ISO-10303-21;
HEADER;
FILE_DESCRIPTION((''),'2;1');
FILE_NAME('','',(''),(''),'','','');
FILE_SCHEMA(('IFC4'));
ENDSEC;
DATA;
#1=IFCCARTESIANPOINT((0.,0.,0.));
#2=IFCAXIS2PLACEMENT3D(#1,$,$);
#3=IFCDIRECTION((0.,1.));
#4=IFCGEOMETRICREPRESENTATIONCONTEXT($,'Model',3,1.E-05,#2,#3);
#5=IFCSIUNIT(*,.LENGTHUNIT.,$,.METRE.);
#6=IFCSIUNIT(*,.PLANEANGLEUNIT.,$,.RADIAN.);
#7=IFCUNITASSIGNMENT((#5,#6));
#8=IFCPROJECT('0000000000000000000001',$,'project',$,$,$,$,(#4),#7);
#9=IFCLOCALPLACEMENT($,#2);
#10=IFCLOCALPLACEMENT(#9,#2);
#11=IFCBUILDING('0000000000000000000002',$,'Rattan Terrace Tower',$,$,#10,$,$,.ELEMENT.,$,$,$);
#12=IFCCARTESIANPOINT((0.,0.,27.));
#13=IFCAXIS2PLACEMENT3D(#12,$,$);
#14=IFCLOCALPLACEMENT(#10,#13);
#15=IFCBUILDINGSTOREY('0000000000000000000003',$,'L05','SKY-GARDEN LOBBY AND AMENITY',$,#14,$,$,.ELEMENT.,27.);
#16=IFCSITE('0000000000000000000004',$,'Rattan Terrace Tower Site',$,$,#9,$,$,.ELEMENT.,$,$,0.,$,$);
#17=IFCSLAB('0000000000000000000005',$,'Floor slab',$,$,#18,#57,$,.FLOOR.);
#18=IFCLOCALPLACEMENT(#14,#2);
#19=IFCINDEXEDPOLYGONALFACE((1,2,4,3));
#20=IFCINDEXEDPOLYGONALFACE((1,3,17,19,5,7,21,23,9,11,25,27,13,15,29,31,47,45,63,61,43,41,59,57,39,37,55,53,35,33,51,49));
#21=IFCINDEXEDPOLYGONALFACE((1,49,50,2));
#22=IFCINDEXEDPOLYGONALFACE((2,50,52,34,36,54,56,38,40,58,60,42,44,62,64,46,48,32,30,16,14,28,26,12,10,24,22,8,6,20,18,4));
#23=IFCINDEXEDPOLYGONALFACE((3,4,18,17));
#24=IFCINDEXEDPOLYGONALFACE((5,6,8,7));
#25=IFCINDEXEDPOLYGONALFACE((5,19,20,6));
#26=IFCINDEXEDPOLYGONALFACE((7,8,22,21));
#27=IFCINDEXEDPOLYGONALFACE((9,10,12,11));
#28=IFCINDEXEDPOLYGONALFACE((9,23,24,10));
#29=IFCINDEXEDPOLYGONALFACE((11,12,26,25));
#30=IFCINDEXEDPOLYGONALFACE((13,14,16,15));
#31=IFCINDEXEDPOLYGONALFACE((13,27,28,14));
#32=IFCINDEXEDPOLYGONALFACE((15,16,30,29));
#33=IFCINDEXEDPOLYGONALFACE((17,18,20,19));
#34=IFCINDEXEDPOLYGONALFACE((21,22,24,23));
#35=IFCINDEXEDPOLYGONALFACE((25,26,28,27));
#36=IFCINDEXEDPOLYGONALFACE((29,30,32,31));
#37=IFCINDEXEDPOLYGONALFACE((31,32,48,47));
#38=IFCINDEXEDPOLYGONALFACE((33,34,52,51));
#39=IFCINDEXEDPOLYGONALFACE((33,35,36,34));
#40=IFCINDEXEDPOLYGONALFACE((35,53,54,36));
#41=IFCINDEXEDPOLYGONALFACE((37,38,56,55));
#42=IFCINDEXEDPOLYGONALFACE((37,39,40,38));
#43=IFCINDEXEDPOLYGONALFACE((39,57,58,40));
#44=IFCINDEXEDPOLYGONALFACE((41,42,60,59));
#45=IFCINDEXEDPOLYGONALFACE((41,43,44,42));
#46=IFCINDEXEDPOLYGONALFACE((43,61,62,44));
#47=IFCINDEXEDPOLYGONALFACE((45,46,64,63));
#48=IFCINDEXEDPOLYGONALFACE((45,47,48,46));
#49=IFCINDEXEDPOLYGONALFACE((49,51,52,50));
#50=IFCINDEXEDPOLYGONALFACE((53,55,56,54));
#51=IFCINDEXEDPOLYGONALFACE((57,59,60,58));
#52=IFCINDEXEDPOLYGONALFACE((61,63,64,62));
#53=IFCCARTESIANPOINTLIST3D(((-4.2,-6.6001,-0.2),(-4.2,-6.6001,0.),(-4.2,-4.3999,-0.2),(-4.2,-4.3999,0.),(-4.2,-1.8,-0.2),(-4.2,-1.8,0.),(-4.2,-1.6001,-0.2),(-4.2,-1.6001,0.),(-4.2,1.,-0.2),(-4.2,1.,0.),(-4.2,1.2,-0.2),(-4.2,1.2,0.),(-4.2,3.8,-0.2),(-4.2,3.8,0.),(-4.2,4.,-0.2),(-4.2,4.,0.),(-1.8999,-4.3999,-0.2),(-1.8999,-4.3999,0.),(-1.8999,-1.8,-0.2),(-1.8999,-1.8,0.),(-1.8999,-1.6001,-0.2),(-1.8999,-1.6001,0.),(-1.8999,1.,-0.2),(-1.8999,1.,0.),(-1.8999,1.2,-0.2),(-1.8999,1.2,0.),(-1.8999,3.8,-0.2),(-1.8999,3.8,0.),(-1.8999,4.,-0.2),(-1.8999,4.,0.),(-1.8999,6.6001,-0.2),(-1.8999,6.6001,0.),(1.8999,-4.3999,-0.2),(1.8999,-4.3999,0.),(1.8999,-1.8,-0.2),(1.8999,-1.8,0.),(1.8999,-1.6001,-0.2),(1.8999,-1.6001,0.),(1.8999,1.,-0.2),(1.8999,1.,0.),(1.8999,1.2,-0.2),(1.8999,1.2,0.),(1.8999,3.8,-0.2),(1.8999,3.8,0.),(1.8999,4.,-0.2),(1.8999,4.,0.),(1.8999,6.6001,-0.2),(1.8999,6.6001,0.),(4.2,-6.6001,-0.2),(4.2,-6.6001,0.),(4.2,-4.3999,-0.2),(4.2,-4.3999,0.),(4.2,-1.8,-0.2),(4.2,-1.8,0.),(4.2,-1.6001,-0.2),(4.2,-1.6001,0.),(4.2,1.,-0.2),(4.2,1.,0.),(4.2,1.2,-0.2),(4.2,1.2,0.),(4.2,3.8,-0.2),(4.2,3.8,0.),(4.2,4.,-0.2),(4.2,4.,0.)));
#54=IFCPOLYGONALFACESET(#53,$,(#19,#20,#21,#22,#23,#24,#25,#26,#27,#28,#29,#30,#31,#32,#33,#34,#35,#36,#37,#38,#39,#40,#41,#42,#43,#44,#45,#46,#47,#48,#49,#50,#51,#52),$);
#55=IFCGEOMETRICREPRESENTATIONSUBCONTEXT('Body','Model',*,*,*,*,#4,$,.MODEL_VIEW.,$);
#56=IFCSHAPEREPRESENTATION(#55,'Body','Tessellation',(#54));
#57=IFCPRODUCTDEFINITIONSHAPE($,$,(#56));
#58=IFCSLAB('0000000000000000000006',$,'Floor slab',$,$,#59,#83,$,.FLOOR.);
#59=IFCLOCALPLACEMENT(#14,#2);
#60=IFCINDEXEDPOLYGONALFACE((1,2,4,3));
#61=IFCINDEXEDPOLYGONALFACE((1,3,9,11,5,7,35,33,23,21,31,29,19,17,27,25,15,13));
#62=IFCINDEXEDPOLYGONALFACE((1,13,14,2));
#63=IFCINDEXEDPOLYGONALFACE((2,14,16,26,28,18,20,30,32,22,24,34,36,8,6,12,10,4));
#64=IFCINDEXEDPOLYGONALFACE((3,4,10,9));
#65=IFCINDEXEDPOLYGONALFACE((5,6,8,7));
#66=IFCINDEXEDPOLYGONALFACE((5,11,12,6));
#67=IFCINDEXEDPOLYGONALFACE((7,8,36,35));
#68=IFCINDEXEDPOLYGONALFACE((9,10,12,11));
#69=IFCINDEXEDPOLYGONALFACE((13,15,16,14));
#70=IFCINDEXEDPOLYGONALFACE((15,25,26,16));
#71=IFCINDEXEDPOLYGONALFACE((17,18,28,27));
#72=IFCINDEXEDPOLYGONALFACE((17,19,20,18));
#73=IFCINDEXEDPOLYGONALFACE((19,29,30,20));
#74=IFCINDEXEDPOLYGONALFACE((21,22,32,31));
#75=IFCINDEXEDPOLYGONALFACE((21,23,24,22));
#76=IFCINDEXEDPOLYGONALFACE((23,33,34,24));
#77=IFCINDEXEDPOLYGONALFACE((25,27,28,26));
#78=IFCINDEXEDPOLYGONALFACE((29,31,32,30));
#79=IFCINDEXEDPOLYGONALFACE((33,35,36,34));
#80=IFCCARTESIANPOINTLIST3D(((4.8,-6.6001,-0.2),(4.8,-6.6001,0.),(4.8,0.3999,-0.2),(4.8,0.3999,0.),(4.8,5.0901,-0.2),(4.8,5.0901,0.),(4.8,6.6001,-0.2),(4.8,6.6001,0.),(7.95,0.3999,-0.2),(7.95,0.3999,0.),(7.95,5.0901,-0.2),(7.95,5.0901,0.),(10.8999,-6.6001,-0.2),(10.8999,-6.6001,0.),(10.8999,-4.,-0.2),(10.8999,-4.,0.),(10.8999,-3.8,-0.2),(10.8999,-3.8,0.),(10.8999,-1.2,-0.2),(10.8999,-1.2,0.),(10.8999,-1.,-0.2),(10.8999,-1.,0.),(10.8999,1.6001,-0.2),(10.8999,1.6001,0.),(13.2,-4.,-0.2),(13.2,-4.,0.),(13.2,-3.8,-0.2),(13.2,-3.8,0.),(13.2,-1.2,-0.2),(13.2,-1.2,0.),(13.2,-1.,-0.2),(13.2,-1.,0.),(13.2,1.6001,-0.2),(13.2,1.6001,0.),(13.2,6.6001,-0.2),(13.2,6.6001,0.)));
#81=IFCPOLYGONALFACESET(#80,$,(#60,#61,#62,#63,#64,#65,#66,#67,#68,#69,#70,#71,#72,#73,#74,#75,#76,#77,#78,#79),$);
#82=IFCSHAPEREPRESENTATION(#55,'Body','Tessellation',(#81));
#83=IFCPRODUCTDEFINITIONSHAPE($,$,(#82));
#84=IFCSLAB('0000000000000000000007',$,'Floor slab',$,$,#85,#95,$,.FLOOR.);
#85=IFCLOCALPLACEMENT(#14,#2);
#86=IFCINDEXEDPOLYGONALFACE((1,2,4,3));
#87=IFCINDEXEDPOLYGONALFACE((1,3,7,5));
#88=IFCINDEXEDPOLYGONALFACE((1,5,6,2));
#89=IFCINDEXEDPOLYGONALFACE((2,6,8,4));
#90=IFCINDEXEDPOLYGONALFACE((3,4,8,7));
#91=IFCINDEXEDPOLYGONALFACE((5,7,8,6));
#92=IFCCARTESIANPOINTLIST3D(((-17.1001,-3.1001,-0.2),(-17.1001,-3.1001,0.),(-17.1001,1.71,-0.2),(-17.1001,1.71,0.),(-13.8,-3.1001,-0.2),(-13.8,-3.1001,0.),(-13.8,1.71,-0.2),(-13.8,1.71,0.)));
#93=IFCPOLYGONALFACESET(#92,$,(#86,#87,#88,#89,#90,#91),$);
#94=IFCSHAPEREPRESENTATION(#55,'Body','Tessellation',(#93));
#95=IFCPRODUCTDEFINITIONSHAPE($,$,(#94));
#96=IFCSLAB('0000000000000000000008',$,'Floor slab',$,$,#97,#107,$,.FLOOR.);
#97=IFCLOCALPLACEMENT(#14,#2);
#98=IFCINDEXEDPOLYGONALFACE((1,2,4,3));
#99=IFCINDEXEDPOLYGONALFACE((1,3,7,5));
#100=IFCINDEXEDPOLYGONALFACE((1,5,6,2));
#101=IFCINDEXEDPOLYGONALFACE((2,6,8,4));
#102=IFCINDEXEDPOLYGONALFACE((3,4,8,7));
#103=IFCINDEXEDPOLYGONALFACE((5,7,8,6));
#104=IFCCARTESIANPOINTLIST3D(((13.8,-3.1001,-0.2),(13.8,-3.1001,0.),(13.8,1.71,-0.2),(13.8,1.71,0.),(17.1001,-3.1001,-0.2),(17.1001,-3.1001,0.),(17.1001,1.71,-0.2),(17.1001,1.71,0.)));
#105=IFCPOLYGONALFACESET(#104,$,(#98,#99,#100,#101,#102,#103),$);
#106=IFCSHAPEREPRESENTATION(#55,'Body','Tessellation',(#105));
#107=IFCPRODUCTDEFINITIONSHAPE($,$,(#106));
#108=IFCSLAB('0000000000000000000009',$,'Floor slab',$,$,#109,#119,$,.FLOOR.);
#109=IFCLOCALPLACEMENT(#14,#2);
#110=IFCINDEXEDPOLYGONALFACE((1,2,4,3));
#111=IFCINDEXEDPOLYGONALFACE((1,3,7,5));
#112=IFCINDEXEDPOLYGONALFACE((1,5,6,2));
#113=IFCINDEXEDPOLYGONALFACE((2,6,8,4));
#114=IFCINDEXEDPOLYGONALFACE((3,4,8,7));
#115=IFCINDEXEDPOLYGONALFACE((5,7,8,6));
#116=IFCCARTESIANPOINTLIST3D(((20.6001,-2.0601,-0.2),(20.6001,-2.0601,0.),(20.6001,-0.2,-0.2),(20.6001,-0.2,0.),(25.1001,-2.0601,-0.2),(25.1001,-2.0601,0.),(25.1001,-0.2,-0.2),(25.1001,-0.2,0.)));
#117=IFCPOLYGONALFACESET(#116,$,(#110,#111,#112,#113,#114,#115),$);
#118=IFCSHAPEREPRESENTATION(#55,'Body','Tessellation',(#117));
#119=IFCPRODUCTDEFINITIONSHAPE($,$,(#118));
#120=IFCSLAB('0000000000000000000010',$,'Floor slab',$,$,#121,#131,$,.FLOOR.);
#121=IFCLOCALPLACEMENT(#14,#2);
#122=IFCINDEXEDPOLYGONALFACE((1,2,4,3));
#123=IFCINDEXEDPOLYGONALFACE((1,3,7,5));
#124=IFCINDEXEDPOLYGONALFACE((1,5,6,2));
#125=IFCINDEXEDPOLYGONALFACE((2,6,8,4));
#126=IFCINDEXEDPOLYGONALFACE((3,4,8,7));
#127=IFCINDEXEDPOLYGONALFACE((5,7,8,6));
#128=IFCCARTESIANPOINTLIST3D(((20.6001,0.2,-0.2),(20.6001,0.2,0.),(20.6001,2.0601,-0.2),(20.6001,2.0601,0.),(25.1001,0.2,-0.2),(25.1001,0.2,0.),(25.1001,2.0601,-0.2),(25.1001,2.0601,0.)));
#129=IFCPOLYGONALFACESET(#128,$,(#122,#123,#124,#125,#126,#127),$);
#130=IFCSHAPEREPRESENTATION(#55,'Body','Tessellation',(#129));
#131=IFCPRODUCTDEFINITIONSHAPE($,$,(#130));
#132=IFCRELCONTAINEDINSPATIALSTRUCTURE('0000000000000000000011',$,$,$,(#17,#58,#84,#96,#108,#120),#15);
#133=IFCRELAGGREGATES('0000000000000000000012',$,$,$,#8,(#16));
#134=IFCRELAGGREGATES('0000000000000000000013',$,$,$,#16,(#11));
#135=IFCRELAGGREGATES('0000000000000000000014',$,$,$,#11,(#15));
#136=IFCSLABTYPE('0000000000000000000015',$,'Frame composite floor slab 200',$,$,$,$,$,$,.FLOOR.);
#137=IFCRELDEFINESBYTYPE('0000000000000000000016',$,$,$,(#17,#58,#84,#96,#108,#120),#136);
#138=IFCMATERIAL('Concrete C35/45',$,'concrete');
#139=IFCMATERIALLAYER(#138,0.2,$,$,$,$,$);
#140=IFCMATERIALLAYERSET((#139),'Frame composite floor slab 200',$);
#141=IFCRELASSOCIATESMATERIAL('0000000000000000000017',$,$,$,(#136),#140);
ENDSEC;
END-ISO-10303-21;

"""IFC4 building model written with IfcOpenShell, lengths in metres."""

from ifc_helpers import new_model, si_unit, direction, frame, origin, place, context, subcontext, project, spatial, polyline, outline, extrude, material, layer, layer_set, type_object, element, save


model = new_model("IFC4")

# Units and contexts
model_context = context("Model", 3, precision=1e-05, world=origin(), true_north=direction((0.0, 1.0)))
body_context = subcontext(model_context, "Body", "Model", "MODEL_VIEW")
ifc_project = project(units=[si_unit("LENGTHUNIT", "METRE"), si_unit("PLANEANGLEUNIT", "RADIAN")], contexts=[model_context])

# Site, building, storey
site_placement = place(None, origin())
site = spatial("IfcSite", under=ifc_project, at=site_placement, Name="Rattan Terrace Tower Site", CompositionType="ELEMENT", RefElevation=0.0)
building_placement = place(site_placement, origin())
building = spatial("IfcBuilding", under=site, at=building_placement, Name="Rattan Terrace Tower", CompositionType="ELEMENT")
storey_placement = place(building_placement, frame((0.0, 0.0, 27.0)))
storey = spatial("IfcBuildingStorey", under=building, at=storey_placement, Name="L05", Description="SKY-GARDEN LOBBY AND AMENITY", CompositionType="ELEMENT", Elevation=27.0)

# Slabs
ifc_material_1 = material(Name="Concrete C35/45", Category="concrete")
ifc_layer_1 = layer(ifc_material_1, 0.2)
ifc_layer_set_1 = layer_set([ifc_layer_1], Name="Frame composite floor slab 200")
slab_type_1 = type_object("IfcSlabType", Name="Frame composite floor slab 200", PredefinedType="FLOOR", material=ifc_layer_set_1)
slab_1_placement = place(storey_placement, frame((0.0, 0.0, -0.2)))
element("IfcSlab", 1, at=slab_1_placement, inside=storey, type_object=slab_type_1, Name="Floor slab", PredefinedType="FLOOR", context=body_context, shape_type="SweptSolid", body=[
    extrude(outline(polyline([(-4.2, -6.6001), (4.2, -6.6001), (4.2, -4.3999), (1.8999, -4.3999), (1.8999, -1.8), (4.2, -1.8), (4.2, -1.6001), (1.8999, -1.6001), (1.8999, 1.0), (4.2, 1.0), (4.2, 1.2), (1.8999, 1.2), (1.8999, 3.8), (4.2, 3.8), (4.2, 4.0), (1.8999, 4.0), (1.8999, 6.6001), (-1.8999, 6.6001), (-1.8999, 4.0), (-4.2, 4.0), (-4.2, 3.8), (-1.8999, 3.8), (-1.8999, 1.2), (-4.2, 1.2), (-4.2, 1.0), (-1.8999, 1.0), (-1.8999, -1.6001), (-4.2, -1.6001), (-4.2, -1.8), (-1.8999, -1.8), (-1.8999, -4.3999), (-4.2, -4.3999), (-4.2, -6.6001)])), origin(), (0.0, 0.0, 1.0), 0.2),
])
slab_2_placement = place(storey_placement, frame((0.0, 0.0, -0.2)))
element("IfcSlab", 2, at=slab_2_placement, inside=storey, type_object=slab_type_1, Name="Floor slab", PredefinedType="FLOOR", context=body_context, shape_type="SweptSolid", body=[
    extrude(outline(polyline([(4.8, -6.6001), (10.8999, -6.6001), (10.8999, -4.0), (13.2, -4.0), (13.2, -3.8), (10.8999, -3.8), (10.8999, -1.2), (13.2, -1.2), (13.2, -1.0), (10.8999, -1.0), (10.8999, 1.6001), (13.2, 1.6001), (13.2, 6.6001), (4.8, 6.6001), (4.8, 5.0901), (7.95, 5.0901), (7.95, 0.3999), (4.8, 0.3999), (4.8, -6.6001)])), origin(), (0.0, 0.0, 1.0), 0.2),
])
slab_3_placement = place(storey_placement, frame((0.0, 0.0, -0.2)))
element("IfcSlab", 3, at=slab_3_placement, inside=storey, type_object=slab_type_1, Name="Floor slab", PredefinedType="FLOOR", context=body_context, shape_type="SweptSolid", body=[
    extrude(outline(polyline([(-17.1001, -3.1001), (-13.8, -3.1001), (-13.8, 1.71), (-17.1001, 1.71), (-17.1001, -3.1001)])), origin(), (0.0, 0.0, 1.0), 0.2),
])
slab_4_placement = place(storey_placement, frame((0.0, 0.0, -0.2)))
element("IfcSlab", 4, at=slab_4_placement, inside=storey, type_object=slab_type_1, Name="Floor slab", PredefinedType="FLOOR", context=body_context, shape_type="SweptSolid", body=[
    extrude(outline(polyline([(17.1001, -3.1001), (17.1001, 1.71), (13.8, 1.71), (13.8, -3.1001), (17.1001, -3.1001)])), origin(), (0.0, 0.0, 1.0), 0.2),
])
slab_5_placement = place(storey_placement, frame((0.0, 0.0, -0.2)))
element("IfcSlab", 5, at=slab_5_placement, inside=storey, type_object=slab_type_1, Name="Floor slab", PredefinedType="FLOOR", context=body_context, shape_type="SweptSolid", body=[
    extrude(outline(polyline([(25.1001, -0.2), (20.6001, -0.2), (20.6001, -2.0601), (25.1001, -2.0601), (25.1001, -0.2)])), origin(), (0.0, 0.0, 1.0), 0.2),
])
slab_6_placement = place(storey_placement, frame((0.0, 0.0, -0.2)))
element("IfcSlab", 6, at=slab_6_placement, inside=storey, type_object=slab_type_1, Name="Floor slab", PredefinedType="FLOOR", context=body_context, shape_type="SweptSolid", body=[
    extrude(outline(polyline([(25.1001, 2.0601), (20.6001, 2.0601), (20.6001, 0.2), (25.1001, 0.2), (25.1001, 2.0601)])), origin(), (0.0, 0.0, 1.0), 0.2),
])

save(model, "model.ifc")
